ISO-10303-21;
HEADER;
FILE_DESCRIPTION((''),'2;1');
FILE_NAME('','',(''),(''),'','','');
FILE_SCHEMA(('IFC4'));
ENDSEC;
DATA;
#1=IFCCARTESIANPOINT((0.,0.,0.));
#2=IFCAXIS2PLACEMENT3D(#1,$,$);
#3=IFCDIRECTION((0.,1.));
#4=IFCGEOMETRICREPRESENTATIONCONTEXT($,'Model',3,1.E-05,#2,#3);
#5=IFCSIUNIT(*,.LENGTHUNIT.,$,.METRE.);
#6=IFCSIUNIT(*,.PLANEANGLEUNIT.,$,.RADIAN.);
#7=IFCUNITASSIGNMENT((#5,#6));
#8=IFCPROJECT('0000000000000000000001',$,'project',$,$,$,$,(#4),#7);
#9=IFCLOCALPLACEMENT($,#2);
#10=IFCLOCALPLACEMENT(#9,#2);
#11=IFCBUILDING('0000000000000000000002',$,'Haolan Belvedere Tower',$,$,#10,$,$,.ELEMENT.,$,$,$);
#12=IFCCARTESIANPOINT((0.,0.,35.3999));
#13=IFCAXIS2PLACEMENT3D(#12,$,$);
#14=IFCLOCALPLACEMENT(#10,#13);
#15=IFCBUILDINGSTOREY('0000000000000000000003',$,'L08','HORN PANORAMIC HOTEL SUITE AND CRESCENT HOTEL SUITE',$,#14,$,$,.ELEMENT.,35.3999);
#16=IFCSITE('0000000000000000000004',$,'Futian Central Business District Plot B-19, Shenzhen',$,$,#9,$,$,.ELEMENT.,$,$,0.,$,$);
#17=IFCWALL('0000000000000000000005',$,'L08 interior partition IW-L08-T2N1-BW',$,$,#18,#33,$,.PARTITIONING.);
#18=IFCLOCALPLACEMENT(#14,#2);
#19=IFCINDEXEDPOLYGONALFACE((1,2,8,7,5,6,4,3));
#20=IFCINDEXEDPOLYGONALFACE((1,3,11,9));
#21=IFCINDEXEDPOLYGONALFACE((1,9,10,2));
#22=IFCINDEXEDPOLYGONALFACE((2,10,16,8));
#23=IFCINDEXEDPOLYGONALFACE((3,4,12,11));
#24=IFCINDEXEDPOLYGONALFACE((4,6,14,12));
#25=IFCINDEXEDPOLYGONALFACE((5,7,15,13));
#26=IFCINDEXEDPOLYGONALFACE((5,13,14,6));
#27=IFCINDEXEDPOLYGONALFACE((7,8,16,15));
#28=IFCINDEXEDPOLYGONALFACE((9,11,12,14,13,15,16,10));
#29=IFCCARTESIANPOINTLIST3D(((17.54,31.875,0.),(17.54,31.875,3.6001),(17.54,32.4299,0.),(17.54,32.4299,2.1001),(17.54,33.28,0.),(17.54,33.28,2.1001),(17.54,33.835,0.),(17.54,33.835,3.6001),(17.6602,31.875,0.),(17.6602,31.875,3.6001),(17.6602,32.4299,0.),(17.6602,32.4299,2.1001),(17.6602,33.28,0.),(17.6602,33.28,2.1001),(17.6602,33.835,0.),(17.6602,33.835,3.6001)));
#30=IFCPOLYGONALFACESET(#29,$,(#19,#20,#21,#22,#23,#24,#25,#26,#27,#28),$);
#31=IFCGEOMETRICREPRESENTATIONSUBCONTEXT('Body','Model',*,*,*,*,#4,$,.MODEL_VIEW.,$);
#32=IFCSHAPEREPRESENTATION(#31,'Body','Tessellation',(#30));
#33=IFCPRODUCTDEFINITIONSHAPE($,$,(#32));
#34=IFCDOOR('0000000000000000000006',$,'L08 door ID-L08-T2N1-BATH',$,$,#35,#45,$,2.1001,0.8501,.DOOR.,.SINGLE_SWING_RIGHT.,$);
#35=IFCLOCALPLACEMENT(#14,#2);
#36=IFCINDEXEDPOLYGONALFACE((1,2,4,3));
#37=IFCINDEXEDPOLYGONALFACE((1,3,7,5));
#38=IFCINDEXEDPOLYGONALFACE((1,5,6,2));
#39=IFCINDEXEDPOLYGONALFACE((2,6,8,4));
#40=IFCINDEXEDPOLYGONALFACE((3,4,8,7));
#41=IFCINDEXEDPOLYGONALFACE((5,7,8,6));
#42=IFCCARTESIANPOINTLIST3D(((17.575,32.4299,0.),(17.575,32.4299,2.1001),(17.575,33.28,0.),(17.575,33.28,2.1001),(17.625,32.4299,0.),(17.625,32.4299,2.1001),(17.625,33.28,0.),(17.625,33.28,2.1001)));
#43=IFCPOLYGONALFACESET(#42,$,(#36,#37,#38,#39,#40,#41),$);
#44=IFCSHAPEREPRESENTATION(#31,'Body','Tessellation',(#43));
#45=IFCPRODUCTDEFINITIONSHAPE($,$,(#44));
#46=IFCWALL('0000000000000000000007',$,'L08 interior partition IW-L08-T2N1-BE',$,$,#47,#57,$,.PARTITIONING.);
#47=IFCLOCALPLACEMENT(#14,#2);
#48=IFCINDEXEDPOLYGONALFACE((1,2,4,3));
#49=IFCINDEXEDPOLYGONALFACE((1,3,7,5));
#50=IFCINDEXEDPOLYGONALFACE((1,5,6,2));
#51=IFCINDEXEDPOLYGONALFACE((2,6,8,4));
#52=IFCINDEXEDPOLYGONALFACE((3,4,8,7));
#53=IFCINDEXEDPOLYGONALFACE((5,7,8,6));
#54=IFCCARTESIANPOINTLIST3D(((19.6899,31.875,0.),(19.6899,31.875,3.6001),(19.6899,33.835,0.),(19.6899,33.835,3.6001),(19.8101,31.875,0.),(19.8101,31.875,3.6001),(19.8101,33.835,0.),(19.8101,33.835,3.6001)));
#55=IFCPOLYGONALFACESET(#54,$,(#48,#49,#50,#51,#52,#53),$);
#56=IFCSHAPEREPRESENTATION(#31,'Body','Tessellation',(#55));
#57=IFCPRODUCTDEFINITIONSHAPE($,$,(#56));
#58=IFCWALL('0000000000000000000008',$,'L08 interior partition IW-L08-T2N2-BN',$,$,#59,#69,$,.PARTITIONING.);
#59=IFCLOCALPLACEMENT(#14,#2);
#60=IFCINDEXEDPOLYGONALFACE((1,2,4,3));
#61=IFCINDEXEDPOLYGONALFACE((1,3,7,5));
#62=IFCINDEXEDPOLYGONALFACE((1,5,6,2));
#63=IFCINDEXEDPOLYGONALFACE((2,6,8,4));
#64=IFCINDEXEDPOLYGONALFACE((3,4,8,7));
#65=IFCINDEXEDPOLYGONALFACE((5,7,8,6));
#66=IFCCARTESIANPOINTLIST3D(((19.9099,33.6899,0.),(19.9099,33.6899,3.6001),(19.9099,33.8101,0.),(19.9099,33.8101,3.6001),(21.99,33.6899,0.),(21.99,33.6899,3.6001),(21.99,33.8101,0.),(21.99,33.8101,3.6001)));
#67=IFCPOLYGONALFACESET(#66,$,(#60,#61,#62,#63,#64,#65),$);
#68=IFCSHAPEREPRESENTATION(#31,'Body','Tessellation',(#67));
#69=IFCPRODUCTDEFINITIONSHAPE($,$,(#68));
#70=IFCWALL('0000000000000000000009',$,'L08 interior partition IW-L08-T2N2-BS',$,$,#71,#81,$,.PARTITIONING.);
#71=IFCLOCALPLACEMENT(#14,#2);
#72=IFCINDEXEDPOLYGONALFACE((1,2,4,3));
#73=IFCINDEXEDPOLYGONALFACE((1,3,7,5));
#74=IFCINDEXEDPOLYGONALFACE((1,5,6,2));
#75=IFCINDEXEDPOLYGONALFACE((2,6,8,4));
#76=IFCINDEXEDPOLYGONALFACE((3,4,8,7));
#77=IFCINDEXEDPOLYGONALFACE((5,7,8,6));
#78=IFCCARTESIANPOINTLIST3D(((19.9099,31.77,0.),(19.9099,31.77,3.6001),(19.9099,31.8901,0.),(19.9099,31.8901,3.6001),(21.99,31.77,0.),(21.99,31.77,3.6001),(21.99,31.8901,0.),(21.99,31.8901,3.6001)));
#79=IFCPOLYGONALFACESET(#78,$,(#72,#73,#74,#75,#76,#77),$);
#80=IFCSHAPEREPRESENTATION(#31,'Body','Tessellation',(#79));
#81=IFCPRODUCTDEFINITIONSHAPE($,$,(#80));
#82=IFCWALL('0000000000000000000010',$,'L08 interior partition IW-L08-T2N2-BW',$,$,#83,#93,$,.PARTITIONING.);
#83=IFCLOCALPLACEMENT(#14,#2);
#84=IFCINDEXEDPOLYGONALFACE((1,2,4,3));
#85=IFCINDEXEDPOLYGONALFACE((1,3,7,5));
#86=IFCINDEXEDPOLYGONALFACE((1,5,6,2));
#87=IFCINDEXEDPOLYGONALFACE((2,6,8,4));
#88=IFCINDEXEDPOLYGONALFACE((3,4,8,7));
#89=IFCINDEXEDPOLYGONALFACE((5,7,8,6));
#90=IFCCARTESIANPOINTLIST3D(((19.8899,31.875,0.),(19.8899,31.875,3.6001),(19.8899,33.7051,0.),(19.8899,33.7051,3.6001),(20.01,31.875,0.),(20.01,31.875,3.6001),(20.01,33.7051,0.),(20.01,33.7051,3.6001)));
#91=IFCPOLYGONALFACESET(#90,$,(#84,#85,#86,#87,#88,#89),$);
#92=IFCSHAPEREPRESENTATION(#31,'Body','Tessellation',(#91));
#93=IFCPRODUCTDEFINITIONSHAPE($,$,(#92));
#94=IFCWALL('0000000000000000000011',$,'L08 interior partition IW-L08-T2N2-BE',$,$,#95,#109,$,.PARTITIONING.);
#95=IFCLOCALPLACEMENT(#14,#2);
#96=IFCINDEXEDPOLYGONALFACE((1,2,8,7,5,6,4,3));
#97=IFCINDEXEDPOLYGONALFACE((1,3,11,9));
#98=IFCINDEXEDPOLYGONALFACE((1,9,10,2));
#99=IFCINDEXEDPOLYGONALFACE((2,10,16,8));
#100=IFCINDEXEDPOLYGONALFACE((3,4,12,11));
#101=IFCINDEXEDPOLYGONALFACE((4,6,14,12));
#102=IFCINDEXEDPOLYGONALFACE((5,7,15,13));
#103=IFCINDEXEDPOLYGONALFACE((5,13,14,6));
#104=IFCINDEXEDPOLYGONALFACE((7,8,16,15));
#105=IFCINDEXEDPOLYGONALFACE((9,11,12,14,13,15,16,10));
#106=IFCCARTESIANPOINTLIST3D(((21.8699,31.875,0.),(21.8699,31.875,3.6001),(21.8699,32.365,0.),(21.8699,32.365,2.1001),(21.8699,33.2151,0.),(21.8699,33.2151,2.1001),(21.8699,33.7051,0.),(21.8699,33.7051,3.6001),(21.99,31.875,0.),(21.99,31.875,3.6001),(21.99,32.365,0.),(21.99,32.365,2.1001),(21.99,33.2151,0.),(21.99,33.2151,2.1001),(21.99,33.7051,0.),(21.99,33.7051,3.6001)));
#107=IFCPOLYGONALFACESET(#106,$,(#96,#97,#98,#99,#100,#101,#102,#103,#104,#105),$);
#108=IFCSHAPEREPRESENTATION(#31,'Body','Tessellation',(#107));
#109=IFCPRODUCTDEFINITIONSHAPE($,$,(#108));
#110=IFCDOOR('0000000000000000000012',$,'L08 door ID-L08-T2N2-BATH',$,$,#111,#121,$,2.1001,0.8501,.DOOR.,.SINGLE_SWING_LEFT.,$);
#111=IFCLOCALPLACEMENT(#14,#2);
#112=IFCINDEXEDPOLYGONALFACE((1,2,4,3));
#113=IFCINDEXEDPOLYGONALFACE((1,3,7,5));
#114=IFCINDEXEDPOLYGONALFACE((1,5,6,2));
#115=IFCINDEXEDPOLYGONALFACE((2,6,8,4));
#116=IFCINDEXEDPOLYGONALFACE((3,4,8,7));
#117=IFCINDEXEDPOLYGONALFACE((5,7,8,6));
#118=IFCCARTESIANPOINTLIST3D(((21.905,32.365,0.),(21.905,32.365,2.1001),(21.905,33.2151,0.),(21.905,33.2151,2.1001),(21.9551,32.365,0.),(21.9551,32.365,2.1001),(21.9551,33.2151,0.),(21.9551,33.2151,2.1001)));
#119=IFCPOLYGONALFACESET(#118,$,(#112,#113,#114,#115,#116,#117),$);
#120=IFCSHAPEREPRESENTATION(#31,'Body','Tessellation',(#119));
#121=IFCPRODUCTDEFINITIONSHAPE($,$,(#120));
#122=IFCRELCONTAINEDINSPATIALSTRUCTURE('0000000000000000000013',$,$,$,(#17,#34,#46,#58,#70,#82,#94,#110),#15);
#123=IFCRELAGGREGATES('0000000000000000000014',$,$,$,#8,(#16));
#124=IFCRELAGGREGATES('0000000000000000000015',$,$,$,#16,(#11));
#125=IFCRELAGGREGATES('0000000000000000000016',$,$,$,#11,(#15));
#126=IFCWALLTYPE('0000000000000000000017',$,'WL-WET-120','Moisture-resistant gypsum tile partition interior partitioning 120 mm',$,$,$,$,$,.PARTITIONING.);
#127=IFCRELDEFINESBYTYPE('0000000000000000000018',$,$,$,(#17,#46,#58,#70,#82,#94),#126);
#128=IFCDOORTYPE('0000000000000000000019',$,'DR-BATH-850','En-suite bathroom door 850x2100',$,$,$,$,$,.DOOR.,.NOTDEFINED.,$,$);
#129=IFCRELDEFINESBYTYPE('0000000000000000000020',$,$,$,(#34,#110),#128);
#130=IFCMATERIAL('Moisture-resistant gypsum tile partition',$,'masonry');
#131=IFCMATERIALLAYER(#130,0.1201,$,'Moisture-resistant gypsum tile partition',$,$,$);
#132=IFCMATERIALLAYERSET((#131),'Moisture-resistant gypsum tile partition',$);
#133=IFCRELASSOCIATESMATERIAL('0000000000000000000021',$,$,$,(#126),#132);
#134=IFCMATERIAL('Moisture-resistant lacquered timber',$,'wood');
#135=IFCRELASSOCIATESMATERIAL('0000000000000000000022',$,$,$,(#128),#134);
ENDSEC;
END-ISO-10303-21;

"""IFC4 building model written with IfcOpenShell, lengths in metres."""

from ifc_helpers import new_model, si_unit, direction, frame, frame_2d, origin, place, context, subcontext, project, spatial, rectangle, extrude, material, layer, layer_set, type_object, element, fill, save


model = new_model("IFC4")

# Units and contexts
model_context = context("Model", 3, precision=1e-05, world=origin(), true_north=direction((0.0, 1.0)))
body_context = subcontext(model_context, "Body", "Model", "MODEL_VIEW")
ifc_project = project(units=[si_unit("LENGTHUNIT", "METRE"), si_unit("PLANEANGLEUNIT", "RADIAN")], contexts=[model_context])

# Site, building, storey
site_placement = place(None, origin())
site = spatial("IfcSite", under=ifc_project, at=site_placement, Name="Futian Central Business District Plot B-19, Shenzhen", CompositionType="ELEMENT", RefElevation=0.0)
building_placement = place(site_placement, origin())
building = spatial("IfcBuilding", under=site, at=building_placement, Name="Haolan Belvedere Tower", CompositionType="ELEMENT")
storey_placement = place(building_placement, frame((0.0, 0.0, 35.3999)))
storey = spatial("IfcBuildingStorey", under=building, at=storey_placement, Name="L08", Description="HORN PANORAMIC HOTEL SUITE AND CRESCENT HOTEL SUITE", CompositionType="ELEMENT", Elevation=35.3999)

# Shared definitions
ifc_material_1 = material(Name="Moisture-resistant gypsum tile partition", Category="masonry")
ifc_layer_1 = layer(ifc_material_1, 0.1201, Name="Moisture-resistant gypsum tile partition")
ifc_layer_set_1 = layer_set([ifc_layer_1], Name="Moisture-resistant gypsum tile partition")
wall_type_1 = type_object("IfcWallType", Name="WL-WET-120", Description="Moisture-resistant gypsum tile partition interior partitioning 120 mm", PredefinedType="PARTITIONING", material=ifc_layer_set_1)

# Wall, opening, door
wall_1_placement = place(storey_placement, frame((17.6001, 31.875, 0.0), z_axis=(0.0, 0.0, 1.0), x_axis=(0.0, 1.0, 0.0)))
wall_1 = element("IfcWall", 1, at=wall_1_placement, inside=storey, type_object=wall_type_1, Name="L08 interior partition IW-L08-T2N1-BW", PredefinedType="PARTITIONING", context=body_context, shape_type="SweptSolid", body=[
    extrude(rectangle(XDim=1.96, YDim=0.1201, at=frame_2d((0.98, 0.0))), origin(), (0.0, 0.0, 1.0), 3.6001),
])
opening_1_placement = place(wall_1_placement, frame((1.405, 0.0, 0.0), z_axis=(0.0, 0.0, 1.0), x_axis=(-1.0, 0.0, 0.0)))
opening_1 = element("IfcOpeningElement", 2, at=opening_1_placement, cuts=wall_1, PredefinedType="OPENING", context=body_context, shape_type="SweptSolid", body=[
    extrude(rectangle(XDim=0.8501, YDim=2.1001, at=frame_2d((0.425, 1.05))), frame((0.0, 0.0701, 0.0), z_axis=(0.0, -1.0, 0.0), x_axis=(1.0, 0.0, 0.0)), (0.0, 0.0, 1.0), 0.1401),
])
ifc_material_2 = material(Name="Moisture-resistant lacquered timber", Category="wood")
door_type = type_object("IfcDoorType", Name="DR-BATH-850", Description="En-suite bathroom door 850x2100", OperationType="NOTDEFINED", PredefinedType="DOOR", material=ifc_material_2)
door_1_placement = place(opening_1_placement, origin())
door_1 = element("IfcDoor", 3, at=door_1_placement, inside=storey, type_object=door_type, Name="L08 door ID-L08-T2N1-BATH", OperationType="SINGLE_SWING_RIGHT", OverallHeight=2.1001, OverallWidth=0.8501, PredefinedType="DOOR", context=body_context, shape_type="SweptSolid", body=[
    extrude(rectangle(XDim=0.8501, YDim=2.1001, at=frame_2d((0.425, 1.05))), frame((0.0, 0.0249, 0.0), z_axis=(0.0, -1.0, 0.0), x_axis=(1.0, 0.0, 0.0)), (0.0, 0.0, 1.0), 0.05),
])
fill(opening_1, door_1)

# Walls
wall_2_placement = place(storey_placement, frame((19.75, 31.875, 0.0), z_axis=(0.0, 0.0, 1.0), x_axis=(0.0, 1.0, 0.0)))
element("IfcWall", 4, at=wall_2_placement, inside=storey, type_object=wall_type_1, Name="L08 interior partition IW-L08-T2N1-BE", PredefinedType="PARTITIONING", context=body_context, shape_type="SweptSolid", body=[
    extrude(rectangle(XDim=1.96, YDim=0.1201, at=frame_2d((0.98, 0.0))), origin(), (0.0, 0.0, 1.0), 3.6001),
])
for number, where, z_axis, x_axis, name in (
    (5, (19.9099, 33.75, 0.0), (0.0, 0.0, 1.0), (1.0, 0.0, 0.0), "L08 interior partition IW-L08-T2N2-BN"),
    (6, (19.9099, 31.8301, 0.0), (0.0, 0.0, 1.0), (1.0, 0.0, 0.0), "L08 interior partition IW-L08-T2N2-BS"),
):
    element("IfcWall", number, at=place(storey_placement, frame(where, z_axis=z_axis, x_axis=x_axis)), inside=storey, type_object=wall_type_1, Name=name, PredefinedType="PARTITIONING", context=body_context, shape_type="SweptSolid", body=[
        extrude(rectangle(XDim=2.0801, YDim=0.1201, at=frame_2d((1.04, 0.0))), origin(), (0.0, 0.0, 1.0), 3.6001),
    ])
wall_3_placement = place(storey_placement, frame((19.95, 31.875, 0.0), z_axis=(0.0, 0.0, 1.0), x_axis=(0.0, 1.0, 0.0)))
element("IfcWall", 7, at=wall_3_placement, inside=storey, type_object=wall_type_1, Name="L08 interior partition IW-L08-T2N2-BW", PredefinedType="PARTITIONING", context=body_context, shape_type="SweptSolid", body=[
    extrude(rectangle(XDim=1.8301, YDim=0.1201, at=frame_2d((0.915, 0.0))), origin(), (0.0, 0.0, 1.0), 3.6001),
])

# Wall, opening, door
wall_4_placement = place(storey_placement, frame((21.9299, 31.875, 0.0), z_axis=(0.0, 0.0, 1.0), x_axis=(0.0, 1.0, 0.0)))
wall_4 = element("IfcWall", 8, at=wall_4_placement, inside=storey, type_object=wall_type_1, Name="L08 interior partition IW-L08-T2N2-BE", PredefinedType="PARTITIONING", context=body_context, shape_type="SweptSolid", body=[
    extrude(rectangle(XDim=1.8301, YDim=0.1201, at=frame_2d((0.915, 0.0))), origin(), (0.0, 0.0, 1.0), 3.6001),
])
opening_2_placement = place(wall_4_placement, frame((0.49, 0.0, 0.0)))
opening_2 = element("IfcOpeningElement", 9, at=opening_2_placement, cuts=wall_4, PredefinedType="OPENING", context=body_context, shape_type="SweptSolid", body=[
    extrude(rectangle(XDim=0.8501, YDim=2.1001, at=frame_2d((0.425, 1.05))), frame((0.0, 0.0701, 0.0), z_axis=(0.0, -1.0, 0.0), x_axis=(1.0, 0.0, 0.0)), (0.0, 0.0, 1.0), 0.1401),
])
door_2_placement = place(opening_2_placement, origin())
door_2 = element("IfcDoor", 10, at=door_2_placement, inside=storey, type_object=door_type, Name="L08 door ID-L08-T2N2-BATH", OperationType="SINGLE_SWING_LEFT", OverallHeight=2.1001, OverallWidth=0.8501, PredefinedType="DOOR", context=body_context, shape_type="SweptSolid", body=[
    extrude(rectangle(XDim=0.8501, YDim=2.1001, at=frame_2d((0.425, 1.05))), frame((0.0, 0.0249, 0.0), z_axis=(0.0, -1.0, 0.0), x_axis=(1.0, 0.0, 0.0)), (0.0, 0.0, 1.0), 0.05),
])
fill(opening_2, door_2)

save(model, "model.ifc")
